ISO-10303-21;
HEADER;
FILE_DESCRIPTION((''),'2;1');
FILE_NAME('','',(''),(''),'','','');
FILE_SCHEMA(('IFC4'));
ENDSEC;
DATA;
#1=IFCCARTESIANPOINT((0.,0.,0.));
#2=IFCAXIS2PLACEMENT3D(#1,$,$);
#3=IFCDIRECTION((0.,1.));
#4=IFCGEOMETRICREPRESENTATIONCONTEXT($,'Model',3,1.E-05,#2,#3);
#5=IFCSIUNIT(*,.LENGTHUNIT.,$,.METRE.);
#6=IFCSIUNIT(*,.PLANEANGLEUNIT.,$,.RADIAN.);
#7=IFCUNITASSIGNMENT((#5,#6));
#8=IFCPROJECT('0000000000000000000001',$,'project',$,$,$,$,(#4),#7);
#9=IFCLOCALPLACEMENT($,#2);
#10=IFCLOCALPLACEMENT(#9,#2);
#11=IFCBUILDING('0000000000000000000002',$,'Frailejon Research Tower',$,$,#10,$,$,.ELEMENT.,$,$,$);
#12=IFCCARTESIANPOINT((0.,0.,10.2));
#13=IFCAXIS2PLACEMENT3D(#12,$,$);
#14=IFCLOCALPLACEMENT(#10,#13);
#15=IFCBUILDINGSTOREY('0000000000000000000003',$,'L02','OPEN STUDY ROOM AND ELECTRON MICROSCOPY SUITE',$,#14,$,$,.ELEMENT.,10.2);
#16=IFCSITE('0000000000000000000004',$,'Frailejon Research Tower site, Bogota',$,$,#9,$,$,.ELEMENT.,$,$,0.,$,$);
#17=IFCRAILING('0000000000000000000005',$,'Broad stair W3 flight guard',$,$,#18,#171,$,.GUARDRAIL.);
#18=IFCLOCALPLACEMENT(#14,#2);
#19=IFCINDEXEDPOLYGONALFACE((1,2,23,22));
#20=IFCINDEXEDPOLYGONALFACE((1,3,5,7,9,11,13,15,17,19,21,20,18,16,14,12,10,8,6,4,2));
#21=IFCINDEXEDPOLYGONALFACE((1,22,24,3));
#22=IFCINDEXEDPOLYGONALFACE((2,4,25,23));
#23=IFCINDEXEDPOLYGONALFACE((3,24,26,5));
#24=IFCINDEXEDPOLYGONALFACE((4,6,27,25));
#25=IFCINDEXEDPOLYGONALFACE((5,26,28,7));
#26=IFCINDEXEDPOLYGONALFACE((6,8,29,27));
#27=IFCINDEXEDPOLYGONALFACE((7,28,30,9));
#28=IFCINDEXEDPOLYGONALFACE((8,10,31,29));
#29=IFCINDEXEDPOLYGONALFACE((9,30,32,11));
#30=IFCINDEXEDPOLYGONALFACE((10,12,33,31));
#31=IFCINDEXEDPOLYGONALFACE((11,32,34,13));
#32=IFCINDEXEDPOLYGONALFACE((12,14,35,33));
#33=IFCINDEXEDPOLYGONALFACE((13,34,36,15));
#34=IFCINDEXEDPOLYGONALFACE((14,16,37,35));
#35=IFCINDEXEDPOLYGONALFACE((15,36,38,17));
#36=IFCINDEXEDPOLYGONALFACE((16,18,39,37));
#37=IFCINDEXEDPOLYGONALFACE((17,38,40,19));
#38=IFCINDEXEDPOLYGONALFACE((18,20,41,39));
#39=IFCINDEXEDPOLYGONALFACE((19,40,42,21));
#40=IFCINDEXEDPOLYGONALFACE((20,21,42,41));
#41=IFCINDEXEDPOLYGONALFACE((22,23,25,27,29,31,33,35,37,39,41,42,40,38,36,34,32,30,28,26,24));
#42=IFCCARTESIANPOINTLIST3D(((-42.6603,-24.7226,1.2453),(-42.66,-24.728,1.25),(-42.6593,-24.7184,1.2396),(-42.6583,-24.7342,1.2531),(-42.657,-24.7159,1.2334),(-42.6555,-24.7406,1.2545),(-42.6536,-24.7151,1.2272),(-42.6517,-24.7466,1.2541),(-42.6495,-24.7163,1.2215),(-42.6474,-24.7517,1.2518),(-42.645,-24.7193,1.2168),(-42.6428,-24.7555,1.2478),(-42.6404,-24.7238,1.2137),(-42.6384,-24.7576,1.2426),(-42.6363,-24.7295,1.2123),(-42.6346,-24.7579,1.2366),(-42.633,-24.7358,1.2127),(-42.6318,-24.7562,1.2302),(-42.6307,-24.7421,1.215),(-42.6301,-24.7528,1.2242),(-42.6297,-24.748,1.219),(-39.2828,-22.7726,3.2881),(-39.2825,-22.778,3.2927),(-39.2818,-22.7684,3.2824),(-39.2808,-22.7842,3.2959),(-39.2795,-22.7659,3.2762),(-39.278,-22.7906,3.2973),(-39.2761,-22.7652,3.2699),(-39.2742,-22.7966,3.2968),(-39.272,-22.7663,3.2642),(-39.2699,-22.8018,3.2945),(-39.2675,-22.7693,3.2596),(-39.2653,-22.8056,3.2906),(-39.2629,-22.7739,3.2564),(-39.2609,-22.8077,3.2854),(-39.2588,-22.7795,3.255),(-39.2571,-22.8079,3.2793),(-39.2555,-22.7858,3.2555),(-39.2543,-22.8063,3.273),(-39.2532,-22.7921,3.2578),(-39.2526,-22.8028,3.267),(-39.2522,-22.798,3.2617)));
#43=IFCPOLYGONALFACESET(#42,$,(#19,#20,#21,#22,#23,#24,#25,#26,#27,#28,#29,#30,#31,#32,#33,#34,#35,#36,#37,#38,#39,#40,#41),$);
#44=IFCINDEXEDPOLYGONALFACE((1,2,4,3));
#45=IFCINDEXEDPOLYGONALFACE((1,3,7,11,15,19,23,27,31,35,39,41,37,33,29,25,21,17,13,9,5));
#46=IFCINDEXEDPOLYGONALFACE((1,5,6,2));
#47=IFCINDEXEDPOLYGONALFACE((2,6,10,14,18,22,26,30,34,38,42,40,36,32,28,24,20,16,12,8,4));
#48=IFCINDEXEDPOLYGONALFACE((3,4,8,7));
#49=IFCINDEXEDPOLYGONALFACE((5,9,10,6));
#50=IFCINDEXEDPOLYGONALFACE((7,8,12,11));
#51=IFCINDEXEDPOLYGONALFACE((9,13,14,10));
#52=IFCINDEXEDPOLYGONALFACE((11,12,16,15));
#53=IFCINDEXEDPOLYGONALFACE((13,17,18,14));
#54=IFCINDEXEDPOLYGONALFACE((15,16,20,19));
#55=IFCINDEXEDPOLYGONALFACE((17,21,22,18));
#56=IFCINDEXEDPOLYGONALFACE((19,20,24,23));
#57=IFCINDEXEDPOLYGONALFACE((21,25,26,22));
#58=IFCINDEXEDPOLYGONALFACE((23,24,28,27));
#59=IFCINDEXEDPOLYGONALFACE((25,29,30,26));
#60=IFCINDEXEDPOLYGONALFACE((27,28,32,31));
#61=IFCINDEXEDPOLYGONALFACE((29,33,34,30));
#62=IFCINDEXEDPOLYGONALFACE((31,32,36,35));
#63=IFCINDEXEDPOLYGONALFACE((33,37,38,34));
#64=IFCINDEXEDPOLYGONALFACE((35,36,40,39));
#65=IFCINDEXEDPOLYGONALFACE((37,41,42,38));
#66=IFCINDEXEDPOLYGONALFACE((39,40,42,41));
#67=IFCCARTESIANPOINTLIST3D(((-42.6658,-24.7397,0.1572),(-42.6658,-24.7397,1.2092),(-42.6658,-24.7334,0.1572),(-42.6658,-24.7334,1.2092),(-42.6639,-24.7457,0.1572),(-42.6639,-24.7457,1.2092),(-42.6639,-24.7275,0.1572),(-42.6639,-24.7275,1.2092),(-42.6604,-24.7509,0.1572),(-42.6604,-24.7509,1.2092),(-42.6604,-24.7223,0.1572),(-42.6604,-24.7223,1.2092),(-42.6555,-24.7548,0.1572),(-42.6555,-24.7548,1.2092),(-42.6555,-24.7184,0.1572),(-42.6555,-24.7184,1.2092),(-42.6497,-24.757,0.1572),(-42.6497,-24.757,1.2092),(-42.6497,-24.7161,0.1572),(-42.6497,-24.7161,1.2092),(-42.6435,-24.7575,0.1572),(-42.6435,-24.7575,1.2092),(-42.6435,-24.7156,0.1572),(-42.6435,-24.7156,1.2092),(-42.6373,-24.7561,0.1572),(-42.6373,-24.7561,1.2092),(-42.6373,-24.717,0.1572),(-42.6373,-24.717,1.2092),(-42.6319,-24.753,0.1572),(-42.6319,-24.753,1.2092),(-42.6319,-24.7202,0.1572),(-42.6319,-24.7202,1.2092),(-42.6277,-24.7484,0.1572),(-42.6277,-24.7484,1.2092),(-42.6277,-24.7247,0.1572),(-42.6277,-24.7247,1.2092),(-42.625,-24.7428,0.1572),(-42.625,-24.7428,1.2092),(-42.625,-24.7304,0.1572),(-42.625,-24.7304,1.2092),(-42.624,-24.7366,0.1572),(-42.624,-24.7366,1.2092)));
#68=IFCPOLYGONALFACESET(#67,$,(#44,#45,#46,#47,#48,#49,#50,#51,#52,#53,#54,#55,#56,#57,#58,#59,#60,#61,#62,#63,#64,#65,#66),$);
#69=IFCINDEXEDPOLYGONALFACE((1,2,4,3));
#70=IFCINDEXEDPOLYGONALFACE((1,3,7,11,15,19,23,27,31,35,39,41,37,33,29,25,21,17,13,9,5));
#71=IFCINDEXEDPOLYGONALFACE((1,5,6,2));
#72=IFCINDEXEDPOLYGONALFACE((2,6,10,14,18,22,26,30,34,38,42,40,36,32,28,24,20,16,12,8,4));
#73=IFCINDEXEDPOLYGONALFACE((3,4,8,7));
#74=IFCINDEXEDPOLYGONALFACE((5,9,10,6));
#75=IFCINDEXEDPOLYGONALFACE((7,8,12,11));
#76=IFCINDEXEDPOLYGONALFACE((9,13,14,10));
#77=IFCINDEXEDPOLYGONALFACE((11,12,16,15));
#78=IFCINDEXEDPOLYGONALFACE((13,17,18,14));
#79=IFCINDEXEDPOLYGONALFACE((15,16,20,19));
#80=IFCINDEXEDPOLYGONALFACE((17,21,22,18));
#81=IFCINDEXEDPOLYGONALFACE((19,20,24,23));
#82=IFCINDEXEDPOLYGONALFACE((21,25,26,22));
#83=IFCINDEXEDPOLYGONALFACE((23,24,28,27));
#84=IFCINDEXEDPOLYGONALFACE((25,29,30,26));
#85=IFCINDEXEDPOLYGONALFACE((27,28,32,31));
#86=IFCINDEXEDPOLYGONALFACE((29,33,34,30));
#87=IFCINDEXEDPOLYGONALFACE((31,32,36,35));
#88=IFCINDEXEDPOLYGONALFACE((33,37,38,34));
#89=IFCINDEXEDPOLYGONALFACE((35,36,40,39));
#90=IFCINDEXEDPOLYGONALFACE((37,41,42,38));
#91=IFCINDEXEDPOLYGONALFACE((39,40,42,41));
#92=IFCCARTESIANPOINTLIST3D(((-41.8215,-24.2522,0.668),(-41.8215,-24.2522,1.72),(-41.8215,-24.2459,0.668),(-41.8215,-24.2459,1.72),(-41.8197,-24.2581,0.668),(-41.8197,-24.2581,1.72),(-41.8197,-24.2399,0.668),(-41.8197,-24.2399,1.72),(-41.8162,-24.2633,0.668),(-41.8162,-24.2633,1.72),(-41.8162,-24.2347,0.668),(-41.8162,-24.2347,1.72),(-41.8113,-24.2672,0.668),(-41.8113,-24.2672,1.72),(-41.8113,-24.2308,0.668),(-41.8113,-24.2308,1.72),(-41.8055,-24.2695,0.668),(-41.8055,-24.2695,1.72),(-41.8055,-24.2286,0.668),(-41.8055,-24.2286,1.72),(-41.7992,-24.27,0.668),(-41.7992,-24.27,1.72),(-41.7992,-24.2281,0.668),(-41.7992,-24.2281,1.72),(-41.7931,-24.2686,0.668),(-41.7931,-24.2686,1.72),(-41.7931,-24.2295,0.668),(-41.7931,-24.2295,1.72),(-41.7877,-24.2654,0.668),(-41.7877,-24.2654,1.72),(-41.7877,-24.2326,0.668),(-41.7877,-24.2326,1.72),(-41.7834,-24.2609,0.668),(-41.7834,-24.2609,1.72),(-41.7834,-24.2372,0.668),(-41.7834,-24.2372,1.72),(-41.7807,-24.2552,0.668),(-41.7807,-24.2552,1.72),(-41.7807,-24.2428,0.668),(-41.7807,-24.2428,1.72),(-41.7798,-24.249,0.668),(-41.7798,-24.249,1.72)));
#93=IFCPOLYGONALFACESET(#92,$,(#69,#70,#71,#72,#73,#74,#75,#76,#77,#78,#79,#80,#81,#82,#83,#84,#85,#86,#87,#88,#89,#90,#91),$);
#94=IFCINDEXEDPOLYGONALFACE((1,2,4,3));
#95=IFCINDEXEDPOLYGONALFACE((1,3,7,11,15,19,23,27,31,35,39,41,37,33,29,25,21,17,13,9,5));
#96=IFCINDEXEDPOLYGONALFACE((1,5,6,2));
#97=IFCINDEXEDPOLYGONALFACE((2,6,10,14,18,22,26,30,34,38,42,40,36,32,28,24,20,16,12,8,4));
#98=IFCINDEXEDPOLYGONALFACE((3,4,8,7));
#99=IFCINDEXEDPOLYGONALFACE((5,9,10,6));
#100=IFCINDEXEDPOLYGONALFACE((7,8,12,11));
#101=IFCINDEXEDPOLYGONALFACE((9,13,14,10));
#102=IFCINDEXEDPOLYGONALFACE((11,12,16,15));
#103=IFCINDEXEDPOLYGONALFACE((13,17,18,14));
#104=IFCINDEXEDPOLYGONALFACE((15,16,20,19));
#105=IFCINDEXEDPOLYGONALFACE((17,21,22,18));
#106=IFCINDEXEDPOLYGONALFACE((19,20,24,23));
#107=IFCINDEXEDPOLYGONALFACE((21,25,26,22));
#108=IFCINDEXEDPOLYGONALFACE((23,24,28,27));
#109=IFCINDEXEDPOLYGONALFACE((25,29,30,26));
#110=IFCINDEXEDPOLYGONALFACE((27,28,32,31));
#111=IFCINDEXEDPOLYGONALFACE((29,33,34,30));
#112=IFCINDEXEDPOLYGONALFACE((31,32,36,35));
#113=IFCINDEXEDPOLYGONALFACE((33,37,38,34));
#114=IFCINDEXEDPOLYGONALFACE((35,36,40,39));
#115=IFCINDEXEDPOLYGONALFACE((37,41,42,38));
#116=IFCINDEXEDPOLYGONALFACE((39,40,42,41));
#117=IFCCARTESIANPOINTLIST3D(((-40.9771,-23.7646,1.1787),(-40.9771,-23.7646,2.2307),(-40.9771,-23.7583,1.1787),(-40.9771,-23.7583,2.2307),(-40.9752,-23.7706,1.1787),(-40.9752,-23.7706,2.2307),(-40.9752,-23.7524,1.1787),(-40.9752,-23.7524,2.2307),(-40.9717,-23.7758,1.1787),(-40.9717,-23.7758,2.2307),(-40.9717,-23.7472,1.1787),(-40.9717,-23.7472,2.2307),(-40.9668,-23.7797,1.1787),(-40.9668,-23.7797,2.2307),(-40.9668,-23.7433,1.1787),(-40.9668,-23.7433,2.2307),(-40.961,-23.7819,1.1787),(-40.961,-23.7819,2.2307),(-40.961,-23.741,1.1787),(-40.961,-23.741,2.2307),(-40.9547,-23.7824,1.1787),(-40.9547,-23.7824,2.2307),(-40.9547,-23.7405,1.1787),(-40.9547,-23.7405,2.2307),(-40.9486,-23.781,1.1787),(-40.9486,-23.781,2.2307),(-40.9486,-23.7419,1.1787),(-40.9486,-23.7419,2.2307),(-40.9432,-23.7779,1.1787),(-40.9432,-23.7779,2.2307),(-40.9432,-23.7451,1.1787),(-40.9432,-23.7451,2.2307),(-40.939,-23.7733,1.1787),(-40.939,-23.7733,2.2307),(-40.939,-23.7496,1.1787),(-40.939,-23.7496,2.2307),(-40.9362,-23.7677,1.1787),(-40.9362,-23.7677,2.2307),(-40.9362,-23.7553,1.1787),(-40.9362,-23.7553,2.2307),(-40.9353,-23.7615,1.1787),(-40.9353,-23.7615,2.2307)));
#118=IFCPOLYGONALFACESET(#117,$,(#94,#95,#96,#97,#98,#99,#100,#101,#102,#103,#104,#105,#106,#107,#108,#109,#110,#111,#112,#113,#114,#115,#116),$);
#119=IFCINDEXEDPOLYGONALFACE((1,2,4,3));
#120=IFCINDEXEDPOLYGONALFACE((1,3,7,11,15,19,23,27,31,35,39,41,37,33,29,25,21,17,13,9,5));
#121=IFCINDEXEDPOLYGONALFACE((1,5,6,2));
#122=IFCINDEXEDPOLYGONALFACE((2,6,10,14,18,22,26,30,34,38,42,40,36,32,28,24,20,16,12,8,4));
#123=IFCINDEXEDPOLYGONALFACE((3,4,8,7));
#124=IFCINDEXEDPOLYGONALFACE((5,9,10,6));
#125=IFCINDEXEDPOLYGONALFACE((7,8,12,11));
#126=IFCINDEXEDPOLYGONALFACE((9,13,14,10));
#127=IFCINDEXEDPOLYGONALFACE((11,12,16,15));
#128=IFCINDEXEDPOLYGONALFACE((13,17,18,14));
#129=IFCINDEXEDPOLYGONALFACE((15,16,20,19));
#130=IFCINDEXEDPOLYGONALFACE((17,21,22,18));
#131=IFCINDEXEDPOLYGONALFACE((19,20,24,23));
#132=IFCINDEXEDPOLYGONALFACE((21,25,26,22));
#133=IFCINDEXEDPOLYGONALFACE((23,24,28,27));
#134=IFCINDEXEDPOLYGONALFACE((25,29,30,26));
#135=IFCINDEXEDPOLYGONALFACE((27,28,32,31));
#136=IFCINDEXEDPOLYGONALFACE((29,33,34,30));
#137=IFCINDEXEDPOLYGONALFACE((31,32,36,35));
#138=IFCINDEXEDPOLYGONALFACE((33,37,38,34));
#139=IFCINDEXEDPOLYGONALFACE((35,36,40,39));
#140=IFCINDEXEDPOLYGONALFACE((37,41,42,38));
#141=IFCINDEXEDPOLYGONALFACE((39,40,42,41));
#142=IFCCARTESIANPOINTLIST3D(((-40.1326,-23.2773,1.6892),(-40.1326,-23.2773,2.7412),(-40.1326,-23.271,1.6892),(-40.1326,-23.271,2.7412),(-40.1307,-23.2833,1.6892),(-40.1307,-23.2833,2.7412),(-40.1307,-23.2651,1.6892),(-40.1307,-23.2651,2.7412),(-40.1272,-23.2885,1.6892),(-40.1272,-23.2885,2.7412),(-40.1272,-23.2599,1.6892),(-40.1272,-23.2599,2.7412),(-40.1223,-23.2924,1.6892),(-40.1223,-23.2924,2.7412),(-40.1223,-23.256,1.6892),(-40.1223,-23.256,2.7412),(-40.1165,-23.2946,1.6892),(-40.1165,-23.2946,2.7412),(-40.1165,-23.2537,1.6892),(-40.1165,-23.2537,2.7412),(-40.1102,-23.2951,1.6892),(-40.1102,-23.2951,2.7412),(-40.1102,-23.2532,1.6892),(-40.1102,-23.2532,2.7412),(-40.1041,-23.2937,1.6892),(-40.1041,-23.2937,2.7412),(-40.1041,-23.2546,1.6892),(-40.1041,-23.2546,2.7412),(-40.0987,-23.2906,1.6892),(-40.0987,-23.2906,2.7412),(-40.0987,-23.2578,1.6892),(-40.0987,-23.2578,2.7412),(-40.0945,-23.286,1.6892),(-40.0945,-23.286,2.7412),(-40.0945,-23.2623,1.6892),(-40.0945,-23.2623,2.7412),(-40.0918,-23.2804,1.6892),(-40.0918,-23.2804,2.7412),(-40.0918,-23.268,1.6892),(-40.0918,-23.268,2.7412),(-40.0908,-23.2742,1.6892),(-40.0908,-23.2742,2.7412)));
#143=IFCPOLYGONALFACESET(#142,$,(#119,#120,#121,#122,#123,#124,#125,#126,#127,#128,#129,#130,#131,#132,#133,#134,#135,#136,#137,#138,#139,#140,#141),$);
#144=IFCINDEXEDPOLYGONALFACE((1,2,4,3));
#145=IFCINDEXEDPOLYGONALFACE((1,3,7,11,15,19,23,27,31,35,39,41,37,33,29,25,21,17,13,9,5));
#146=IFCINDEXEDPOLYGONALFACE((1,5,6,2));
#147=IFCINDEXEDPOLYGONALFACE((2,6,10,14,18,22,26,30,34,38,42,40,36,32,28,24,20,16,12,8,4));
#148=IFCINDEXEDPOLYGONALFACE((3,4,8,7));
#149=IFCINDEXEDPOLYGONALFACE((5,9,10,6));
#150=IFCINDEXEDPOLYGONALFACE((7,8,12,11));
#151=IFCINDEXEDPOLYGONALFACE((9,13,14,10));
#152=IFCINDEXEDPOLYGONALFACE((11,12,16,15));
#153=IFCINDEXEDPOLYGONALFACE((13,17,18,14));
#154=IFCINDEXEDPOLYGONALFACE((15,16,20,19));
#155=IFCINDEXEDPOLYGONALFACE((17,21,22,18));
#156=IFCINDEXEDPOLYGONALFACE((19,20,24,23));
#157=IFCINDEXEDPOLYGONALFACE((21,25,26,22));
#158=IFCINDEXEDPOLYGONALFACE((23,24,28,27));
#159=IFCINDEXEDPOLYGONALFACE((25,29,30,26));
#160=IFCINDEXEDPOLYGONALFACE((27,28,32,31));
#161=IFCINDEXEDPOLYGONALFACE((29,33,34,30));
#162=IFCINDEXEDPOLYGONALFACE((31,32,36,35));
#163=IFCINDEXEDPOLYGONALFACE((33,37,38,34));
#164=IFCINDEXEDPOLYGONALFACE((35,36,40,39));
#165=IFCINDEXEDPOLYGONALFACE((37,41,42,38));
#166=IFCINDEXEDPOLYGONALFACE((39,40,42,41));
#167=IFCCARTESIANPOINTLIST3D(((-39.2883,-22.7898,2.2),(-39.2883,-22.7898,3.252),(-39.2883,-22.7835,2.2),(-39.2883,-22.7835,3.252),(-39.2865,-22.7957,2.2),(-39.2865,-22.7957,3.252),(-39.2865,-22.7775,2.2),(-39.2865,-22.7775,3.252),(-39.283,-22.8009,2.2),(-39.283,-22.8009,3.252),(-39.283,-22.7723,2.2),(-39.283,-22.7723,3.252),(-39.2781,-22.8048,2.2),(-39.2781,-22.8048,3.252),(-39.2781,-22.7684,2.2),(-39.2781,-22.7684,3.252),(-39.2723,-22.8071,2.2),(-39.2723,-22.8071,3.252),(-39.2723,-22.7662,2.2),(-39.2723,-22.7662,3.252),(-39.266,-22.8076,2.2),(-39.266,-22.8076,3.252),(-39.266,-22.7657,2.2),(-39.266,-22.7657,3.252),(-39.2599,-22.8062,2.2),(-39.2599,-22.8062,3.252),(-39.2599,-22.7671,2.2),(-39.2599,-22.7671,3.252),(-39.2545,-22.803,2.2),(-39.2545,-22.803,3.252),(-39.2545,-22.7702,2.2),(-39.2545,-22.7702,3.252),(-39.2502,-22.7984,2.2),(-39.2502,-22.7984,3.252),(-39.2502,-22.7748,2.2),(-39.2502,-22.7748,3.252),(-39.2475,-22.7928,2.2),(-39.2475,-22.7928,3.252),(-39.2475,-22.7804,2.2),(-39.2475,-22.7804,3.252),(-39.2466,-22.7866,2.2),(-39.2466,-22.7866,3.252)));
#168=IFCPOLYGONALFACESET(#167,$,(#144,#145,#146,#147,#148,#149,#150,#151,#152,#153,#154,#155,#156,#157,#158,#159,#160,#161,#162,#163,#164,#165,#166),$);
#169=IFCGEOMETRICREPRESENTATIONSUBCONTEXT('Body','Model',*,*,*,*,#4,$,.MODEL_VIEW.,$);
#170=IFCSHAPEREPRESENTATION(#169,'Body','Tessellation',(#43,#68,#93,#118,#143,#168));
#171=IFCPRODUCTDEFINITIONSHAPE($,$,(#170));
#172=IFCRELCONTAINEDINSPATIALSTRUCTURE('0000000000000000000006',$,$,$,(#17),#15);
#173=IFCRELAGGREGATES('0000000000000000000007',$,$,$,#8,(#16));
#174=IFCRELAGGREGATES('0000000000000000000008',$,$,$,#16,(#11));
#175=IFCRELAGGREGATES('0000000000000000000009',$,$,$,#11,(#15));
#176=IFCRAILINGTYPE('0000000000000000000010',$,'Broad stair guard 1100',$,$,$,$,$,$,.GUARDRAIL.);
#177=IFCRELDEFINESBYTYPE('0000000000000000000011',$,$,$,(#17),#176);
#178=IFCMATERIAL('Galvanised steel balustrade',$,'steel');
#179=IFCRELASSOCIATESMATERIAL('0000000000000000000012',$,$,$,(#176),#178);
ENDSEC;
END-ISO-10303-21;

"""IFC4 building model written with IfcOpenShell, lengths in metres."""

from ifc_helpers import new_model, si_unit, direction, frame, origin, origin_2d, place, context, subcontext, project, spatial, circle, extrude, material, type_object, element, save


model = new_model("IFC4")

# Units and contexts
model_context = context("Model", 3, precision=1e-05, world=origin(), true_north=direction((0.0, 1.0)))
body_context = subcontext(model_context, "Body", "Model", "MODEL_VIEW")
ifc_project = project(units=[si_unit("LENGTHUNIT", "METRE"), si_unit("PLANEANGLEUNIT", "RADIAN")], contexts=[model_context])

# Site, building, storey
site_placement = place(None, origin())
site = spatial("IfcSite", under=ifc_project, at=site_placement, Name="Frailejon Research Tower site, Bogota", CompositionType="ELEMENT", RefElevation=0.0)
building_placement = place(site_placement, origin())
building = spatial("IfcBuilding", under=site, at=building_placement, Name="Frailejon Research Tower", CompositionType="ELEMENT")
storey_placement = place(building_placement, frame((0.0, 0.0, 10.2)))
storey = spatial("IfcBuildingStorey", under=building, at=storey_placement, Name="L02", Description="OPEN STUDY ROOM AND ELECTRON MICROSCOPY SUITE", CompositionType="ELEMENT", Elevation=10.2)

# Railing
ifc_material_1 = material(Name="Galvanised steel balustrade", Category="steel")
railing_type_1 = type_object("IfcRailingType", Name="Broad stair guard 1100", PredefinedType="GUARDRAIL", material=ifc_material_1)
for number, where, name in (
    (1, (-42.645, -24.7366, 0.1572), "Broad stair W3 flight guard"),
):
    element("IfcRailing", number, at=place(storey_placement, frame(where)), inside=storey, type_object=railing_type_1, Name=name, PredefinedType="GUARDRAIL", context=body_context, shape_type="SweptSolid", body=[
        extrude(circle(Radius=0.0239, at=origin_2d()), frame((0.0, 0.0, 1.0762), z_axis=(0.767162, 0.442917, 0.46399), x_axis=(-0.499997, 0.866027, 0.0)), (0.0, 0.0, 1.0), 4.4026),
        extrude(circle(Radius=0.021, at=origin_2d()), origin(), (0.0, 0.0, 1.0), 1.052),
        extrude(circle(Radius=0.021, at=origin_2d()), frame((0.8442, 0.4875, 0.5107)), (0.0, 0.0, 1.0), 1.052),
        extrude(circle(Radius=0.021, at=origin_2d()), frame((1.6887, 0.9751, 1.0215)), (0.0, 0.0, 1.0), 1.052),
        extrude(circle(Radius=0.021, at=origin_2d()), frame((2.5332, 1.4624, 1.532)), (0.0, 0.0, 1.0), 1.052),
        extrude(circle(Radius=0.021, at=origin_2d()), frame((3.3774, 1.95, 2.0427)), (0.0, 0.0, 1.0), 1.052),
    ])

save(model, "model.ifc")
